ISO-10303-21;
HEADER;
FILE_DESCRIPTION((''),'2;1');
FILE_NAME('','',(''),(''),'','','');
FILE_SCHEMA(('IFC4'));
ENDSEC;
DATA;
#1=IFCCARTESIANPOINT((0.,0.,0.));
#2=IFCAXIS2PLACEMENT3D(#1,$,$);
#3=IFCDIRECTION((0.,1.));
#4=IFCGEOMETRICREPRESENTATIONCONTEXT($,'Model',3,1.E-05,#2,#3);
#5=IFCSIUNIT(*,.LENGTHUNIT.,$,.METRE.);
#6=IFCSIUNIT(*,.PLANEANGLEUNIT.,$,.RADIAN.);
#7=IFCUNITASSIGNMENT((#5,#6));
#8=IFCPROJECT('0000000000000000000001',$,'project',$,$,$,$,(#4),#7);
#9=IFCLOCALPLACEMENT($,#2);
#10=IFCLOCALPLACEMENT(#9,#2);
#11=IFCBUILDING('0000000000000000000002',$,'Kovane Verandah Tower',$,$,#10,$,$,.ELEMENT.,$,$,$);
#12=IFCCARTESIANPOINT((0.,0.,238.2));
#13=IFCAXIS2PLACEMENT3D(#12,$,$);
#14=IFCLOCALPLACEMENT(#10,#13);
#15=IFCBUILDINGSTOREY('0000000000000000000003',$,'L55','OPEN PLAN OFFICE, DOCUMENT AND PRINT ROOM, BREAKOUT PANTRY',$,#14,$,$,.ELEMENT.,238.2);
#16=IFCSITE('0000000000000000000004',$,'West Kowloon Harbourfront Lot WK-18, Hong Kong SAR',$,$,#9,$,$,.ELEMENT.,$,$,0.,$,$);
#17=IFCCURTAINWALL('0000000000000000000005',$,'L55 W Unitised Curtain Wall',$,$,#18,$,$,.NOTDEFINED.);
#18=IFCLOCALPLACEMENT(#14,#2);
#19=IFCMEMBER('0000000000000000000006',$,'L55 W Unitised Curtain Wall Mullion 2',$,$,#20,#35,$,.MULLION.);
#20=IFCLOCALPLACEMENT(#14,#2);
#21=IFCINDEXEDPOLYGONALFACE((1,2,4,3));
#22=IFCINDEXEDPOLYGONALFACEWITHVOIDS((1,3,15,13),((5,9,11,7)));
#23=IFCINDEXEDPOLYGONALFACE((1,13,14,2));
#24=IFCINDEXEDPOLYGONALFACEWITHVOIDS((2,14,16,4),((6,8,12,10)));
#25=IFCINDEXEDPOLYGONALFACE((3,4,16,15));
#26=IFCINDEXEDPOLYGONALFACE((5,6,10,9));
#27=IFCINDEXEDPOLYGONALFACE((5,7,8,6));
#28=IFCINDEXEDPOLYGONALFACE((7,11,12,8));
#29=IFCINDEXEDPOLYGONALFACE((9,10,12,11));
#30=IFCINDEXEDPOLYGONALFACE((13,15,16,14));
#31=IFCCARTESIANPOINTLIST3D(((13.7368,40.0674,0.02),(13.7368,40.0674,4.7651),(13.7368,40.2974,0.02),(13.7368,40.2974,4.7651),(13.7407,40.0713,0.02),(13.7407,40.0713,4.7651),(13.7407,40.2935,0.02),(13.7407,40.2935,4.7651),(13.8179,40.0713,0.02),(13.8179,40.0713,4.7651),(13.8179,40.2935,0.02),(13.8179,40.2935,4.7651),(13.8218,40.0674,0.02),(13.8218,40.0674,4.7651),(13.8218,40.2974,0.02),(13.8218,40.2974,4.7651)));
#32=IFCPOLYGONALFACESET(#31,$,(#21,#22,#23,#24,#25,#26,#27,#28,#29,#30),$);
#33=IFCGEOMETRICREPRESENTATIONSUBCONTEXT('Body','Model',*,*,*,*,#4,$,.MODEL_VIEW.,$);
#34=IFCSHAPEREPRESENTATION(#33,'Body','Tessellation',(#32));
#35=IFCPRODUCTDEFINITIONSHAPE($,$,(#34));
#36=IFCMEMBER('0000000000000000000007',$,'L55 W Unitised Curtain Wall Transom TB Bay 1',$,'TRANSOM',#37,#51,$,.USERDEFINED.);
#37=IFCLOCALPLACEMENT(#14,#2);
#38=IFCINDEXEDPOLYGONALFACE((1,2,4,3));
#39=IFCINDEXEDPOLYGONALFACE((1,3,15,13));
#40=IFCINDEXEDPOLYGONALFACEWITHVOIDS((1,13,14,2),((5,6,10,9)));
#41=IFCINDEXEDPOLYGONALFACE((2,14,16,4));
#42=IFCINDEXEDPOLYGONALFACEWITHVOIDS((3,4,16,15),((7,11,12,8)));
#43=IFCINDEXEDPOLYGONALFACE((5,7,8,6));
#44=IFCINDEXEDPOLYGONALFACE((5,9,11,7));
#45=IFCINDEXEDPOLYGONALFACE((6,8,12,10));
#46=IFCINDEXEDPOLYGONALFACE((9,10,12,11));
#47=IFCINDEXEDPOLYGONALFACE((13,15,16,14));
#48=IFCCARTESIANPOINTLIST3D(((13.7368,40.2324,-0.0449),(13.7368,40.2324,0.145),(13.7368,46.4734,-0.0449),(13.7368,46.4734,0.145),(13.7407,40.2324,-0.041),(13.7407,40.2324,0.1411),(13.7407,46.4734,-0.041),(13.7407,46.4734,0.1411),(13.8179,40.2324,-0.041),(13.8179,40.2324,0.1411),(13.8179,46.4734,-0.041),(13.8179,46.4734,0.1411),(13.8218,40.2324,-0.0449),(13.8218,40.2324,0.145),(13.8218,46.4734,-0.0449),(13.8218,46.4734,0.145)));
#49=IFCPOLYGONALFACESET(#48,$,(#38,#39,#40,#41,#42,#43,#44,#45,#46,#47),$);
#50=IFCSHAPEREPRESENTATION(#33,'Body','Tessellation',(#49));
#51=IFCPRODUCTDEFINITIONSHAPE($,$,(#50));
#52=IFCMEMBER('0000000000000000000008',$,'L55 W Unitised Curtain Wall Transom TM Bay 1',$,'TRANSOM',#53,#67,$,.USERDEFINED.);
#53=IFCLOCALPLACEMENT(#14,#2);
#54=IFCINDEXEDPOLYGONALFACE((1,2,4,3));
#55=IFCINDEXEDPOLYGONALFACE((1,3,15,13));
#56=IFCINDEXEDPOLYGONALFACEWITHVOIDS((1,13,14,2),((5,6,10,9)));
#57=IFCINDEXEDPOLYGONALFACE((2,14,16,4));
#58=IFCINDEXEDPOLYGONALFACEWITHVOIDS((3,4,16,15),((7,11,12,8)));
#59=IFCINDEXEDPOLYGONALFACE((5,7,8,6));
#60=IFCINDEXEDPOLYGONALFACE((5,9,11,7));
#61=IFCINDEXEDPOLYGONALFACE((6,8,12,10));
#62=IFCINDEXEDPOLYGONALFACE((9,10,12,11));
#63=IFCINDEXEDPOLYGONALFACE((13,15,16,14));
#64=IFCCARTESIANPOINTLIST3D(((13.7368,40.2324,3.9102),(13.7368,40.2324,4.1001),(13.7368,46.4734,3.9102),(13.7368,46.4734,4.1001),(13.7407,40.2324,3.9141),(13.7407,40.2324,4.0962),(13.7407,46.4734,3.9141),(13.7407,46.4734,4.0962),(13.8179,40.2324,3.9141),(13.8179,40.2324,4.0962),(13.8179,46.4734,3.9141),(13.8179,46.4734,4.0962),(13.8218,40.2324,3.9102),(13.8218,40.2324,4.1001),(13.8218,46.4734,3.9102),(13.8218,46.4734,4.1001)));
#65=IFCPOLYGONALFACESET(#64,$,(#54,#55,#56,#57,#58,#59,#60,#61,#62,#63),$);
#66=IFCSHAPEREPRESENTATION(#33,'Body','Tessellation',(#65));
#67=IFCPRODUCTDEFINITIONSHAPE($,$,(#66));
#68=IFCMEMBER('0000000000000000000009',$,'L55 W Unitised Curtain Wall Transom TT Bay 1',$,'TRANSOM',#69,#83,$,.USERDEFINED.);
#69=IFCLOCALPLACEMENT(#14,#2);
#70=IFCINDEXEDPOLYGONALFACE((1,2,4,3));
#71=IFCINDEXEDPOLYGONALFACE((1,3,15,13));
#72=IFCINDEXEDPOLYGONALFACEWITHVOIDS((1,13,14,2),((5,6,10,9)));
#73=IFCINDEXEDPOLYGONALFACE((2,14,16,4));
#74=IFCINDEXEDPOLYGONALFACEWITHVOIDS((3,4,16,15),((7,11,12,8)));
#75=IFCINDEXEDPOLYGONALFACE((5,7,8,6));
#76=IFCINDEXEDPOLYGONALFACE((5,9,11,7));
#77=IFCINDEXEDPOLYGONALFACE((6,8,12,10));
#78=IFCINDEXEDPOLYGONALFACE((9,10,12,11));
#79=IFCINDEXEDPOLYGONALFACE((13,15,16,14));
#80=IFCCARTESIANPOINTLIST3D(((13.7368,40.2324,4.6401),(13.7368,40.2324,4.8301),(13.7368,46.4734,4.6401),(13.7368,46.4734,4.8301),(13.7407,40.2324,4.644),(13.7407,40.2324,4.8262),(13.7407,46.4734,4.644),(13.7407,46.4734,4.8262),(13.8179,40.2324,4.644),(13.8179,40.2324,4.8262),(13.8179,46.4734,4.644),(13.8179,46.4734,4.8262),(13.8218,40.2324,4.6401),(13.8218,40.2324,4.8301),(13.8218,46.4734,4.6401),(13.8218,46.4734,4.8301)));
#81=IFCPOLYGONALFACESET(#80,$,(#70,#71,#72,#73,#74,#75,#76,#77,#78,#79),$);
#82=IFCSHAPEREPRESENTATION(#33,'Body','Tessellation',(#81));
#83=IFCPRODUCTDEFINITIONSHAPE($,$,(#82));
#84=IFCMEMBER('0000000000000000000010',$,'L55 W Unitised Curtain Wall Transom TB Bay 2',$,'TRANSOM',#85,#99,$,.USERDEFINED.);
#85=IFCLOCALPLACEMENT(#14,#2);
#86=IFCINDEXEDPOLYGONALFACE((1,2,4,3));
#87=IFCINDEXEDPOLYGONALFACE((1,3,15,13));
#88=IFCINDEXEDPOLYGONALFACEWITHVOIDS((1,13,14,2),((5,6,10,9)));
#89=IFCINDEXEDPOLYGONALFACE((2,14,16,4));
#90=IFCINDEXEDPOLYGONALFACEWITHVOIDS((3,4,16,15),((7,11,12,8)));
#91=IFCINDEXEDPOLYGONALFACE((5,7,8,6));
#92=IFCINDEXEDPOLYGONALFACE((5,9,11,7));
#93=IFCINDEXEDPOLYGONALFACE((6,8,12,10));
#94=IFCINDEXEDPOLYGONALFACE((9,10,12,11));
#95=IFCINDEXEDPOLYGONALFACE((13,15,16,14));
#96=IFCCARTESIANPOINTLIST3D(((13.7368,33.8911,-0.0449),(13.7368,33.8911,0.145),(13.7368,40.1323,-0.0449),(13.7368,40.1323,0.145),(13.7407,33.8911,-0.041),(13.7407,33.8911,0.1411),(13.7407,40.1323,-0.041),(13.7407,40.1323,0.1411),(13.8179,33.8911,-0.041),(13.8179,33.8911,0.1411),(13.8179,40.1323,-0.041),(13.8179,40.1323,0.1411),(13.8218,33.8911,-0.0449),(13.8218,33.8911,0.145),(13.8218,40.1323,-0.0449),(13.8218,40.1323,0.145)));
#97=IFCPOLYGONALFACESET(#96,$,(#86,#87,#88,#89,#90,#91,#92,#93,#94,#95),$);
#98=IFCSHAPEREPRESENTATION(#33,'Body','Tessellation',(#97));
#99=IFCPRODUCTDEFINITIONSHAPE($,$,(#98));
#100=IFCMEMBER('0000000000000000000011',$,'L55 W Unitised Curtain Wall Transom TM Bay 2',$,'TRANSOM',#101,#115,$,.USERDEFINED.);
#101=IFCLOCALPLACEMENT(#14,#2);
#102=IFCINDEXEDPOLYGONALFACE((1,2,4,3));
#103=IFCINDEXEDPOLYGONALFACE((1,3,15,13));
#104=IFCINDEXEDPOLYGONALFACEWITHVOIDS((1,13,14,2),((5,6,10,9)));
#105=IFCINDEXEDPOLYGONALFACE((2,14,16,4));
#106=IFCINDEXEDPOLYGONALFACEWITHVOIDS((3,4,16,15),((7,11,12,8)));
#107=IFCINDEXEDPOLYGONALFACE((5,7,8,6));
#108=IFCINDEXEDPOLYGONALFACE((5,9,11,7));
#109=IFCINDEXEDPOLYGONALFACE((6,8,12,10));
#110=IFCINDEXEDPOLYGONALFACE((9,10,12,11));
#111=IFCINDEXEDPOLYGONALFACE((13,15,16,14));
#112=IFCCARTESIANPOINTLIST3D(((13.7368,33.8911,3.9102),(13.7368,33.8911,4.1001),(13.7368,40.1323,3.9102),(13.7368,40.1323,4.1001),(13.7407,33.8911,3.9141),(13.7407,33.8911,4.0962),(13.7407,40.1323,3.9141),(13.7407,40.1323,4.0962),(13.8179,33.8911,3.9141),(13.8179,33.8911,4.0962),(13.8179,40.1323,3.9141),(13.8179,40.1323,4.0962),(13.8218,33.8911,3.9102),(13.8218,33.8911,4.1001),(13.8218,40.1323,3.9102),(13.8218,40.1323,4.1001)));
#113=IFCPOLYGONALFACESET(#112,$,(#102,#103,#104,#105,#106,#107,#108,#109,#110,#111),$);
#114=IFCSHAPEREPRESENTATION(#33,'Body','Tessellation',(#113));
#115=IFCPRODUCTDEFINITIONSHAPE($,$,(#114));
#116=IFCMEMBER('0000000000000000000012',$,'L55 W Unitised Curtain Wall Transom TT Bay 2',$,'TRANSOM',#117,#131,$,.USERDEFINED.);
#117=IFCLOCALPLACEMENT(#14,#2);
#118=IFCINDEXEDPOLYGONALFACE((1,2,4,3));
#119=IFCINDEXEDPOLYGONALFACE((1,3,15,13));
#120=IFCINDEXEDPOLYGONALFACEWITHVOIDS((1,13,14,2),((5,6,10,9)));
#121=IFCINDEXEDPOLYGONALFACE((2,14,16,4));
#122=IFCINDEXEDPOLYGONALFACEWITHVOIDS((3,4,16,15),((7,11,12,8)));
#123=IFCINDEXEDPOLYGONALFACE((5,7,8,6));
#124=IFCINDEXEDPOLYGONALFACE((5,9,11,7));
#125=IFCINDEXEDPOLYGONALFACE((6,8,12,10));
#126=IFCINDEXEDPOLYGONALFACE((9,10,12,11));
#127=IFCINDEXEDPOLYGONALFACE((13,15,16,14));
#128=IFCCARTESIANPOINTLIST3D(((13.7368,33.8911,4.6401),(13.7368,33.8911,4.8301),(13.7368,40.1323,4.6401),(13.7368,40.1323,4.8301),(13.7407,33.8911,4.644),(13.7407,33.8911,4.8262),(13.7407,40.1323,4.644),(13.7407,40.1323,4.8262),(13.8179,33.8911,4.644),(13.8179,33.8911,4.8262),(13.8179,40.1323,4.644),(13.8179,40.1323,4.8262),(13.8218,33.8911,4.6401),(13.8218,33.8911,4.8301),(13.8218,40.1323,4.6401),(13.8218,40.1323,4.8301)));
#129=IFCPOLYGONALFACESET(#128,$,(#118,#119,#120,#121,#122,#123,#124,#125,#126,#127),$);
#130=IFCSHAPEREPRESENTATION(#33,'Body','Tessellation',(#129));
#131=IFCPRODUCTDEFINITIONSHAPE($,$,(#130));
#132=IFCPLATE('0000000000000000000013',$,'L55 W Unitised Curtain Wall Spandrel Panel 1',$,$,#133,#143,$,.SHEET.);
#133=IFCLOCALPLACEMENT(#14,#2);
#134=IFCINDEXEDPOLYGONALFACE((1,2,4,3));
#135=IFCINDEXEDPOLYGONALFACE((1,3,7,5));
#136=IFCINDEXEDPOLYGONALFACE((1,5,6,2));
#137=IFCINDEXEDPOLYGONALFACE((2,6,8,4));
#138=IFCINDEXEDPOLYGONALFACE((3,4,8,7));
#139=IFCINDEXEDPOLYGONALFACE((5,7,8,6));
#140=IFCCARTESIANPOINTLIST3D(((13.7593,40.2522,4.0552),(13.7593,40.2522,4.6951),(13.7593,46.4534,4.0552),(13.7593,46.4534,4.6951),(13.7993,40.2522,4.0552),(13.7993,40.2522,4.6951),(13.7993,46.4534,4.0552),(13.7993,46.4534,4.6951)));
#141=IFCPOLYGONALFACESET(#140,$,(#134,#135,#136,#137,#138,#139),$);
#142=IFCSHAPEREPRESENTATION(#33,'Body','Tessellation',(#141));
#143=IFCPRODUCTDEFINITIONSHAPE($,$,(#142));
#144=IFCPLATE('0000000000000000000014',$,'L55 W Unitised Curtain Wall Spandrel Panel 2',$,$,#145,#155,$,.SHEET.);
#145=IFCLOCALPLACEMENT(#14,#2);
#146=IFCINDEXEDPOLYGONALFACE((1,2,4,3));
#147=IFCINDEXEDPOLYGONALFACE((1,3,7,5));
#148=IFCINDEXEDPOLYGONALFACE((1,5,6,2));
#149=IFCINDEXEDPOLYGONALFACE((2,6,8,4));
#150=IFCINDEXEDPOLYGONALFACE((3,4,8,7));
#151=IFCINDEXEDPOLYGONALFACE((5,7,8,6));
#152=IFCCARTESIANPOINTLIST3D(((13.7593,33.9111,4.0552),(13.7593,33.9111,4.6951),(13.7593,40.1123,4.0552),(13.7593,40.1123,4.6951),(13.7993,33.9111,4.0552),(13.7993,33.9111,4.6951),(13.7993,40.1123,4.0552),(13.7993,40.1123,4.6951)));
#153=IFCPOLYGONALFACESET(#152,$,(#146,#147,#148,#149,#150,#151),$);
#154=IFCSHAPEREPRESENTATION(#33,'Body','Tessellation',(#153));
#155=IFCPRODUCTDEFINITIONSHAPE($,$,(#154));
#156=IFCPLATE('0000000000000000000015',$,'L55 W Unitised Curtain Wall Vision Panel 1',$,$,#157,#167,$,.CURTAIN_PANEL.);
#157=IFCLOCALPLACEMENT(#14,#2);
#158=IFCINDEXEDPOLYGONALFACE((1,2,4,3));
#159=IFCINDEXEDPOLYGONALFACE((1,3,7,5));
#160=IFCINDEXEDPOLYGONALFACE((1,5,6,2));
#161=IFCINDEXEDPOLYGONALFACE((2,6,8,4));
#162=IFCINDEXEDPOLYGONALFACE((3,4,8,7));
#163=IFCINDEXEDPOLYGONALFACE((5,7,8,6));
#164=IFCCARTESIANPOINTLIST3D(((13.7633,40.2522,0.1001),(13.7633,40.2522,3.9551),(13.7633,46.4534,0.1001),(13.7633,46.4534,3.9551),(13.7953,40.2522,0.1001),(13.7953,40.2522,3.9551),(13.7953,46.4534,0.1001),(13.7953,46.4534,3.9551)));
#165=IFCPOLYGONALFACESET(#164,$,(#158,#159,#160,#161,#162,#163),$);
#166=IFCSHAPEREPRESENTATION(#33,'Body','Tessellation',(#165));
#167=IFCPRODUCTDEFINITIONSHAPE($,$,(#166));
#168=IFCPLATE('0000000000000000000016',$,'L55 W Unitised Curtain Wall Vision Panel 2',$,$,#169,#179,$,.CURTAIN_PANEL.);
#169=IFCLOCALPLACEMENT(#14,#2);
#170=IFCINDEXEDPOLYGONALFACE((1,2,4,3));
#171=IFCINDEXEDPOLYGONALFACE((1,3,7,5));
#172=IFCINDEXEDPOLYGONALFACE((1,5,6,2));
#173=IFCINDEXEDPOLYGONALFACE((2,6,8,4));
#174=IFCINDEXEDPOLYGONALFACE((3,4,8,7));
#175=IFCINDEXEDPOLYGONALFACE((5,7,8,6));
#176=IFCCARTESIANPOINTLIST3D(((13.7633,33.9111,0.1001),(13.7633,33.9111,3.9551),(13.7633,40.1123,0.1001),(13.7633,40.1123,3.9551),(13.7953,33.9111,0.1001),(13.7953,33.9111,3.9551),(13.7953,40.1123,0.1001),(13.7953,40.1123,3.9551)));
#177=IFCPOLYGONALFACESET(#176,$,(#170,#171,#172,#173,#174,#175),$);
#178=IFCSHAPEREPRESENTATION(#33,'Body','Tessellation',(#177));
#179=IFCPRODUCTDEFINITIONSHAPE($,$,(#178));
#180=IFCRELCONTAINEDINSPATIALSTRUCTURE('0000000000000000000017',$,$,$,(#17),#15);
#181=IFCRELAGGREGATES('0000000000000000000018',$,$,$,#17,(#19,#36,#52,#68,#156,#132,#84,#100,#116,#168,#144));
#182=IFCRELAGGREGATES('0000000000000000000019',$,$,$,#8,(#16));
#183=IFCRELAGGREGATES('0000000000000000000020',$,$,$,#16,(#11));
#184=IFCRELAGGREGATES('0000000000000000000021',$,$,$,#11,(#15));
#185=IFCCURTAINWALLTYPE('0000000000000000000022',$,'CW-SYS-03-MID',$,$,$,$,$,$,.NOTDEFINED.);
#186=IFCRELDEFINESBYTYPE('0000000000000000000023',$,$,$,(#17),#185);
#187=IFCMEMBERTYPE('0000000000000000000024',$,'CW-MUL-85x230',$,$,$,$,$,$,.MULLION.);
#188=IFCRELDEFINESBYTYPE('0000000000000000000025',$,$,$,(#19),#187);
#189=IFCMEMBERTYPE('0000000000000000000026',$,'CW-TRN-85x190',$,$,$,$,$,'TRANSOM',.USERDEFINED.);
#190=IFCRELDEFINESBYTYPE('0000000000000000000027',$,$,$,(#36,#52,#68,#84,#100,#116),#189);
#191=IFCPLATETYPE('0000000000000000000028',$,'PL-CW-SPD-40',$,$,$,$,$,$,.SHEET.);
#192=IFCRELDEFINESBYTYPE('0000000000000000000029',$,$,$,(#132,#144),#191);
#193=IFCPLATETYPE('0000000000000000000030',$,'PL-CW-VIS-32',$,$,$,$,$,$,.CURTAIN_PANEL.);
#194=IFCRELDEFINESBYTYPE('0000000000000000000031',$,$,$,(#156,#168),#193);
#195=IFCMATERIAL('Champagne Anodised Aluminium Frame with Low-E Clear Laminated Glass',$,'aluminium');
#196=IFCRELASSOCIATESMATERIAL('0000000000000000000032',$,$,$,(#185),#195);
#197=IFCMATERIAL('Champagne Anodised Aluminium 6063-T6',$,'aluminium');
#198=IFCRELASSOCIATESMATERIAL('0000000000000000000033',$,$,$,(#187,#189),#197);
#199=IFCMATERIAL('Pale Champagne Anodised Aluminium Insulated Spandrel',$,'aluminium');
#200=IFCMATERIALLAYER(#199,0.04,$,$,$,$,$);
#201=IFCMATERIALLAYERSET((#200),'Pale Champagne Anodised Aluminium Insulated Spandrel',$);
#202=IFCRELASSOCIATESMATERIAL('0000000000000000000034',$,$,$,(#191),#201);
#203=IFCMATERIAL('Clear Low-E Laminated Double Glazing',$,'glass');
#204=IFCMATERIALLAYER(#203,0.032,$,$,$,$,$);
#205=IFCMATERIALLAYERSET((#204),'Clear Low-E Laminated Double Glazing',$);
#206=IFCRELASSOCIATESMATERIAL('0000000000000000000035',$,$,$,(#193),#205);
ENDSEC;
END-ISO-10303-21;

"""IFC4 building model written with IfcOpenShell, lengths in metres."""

from ifc_helpers import new_model, si_unit, direction, frame, origin, origin_2d, place, context, subcontext, project, spatial, rectangle, hollow_rectangle, extrude, material, layer, layer_set, material_profile, profile_set, type_object, element, aggregate, save


model = new_model("IFC4")

# Units and contexts
model_context = context("Model", 3, precision=1e-05, world=origin(), true_north=direction((0.0, 1.0)))
body_context = subcontext(model_context, "Body", "Model", "MODEL_VIEW")
ifc_project = project(units=[si_unit("LENGTHUNIT", "METRE"), si_unit("PLANEANGLEUNIT", "RADIAN")], contexts=[model_context])

# Site, building, storey
site_placement = place(None, origin())
site = spatial("IfcSite", under=ifc_project, at=site_placement, Name="West Kowloon Harbourfront Lot WK-18, Hong Kong SAR", CompositionType="ELEMENT", RefElevation=0.0)
building_placement = place(site_placement, origin())
building = spatial("IfcBuilding", under=site, at=building_placement, Name="Kovane Verandah Tower", CompositionType="ELEMENT")
storey_placement = place(building_placement, frame((0.0, 0.0, 238.2)))
storey = spatial("IfcBuildingStorey", under=building, at=storey_placement, Name="L55", Description="OPEN PLAN OFFICE, DOCUMENT AND PRINT ROOM, BREAKOUT PANTRY", CompositionType="ELEMENT", Elevation=238.2)

# Curtain wall, members, plates
ifc_material_1 = material(Name="Champagne Anodised Aluminium Frame with Low-E Clear Laminated Glass", Category="aluminium")
curtain_wall_type = type_object("IfcCurtainWallType", Name="CW-SYS-03-MID", PredefinedType="NOTDEFINED", material=ifc_material_1)
curtain_wall_placement = place(storey_placement, origin())
curtain_wall = element("IfcCurtainWall", 1, at=curtain_wall_placement, inside=storey, type_object=curtain_wall_type, Name="L55 W Unitised Curtain Wall", PredefinedType="NOTDEFINED")
ifc_material_2 = material(Name="Champagne Anodised Aluminium 6063-T6", Category="aluminium")
ifc_material_profile_1 = material_profile(ifc_material_2, hollow_rectangle(XDim=0.085, YDim=0.23, WallThickness=0.0039, at=origin_2d()), Name="AL85x230x4")
ifc_profile_set_1 = profile_set([ifc_material_profile_1], Name="Champagne Anodised Aluminium 6063-T6")
member_type_1 = type_object("IfcMemberType", Name="CW-MUL-85x230", PredefinedType="MULLION", material=ifc_profile_set_1)
member_1_placement = place(storey_placement, frame((13.7793, 40.1824, 0.02), z_axis=(0.0, 0.0, 1.0), x_axis=(-1.0, 0.0, 0.0)))
member_1 = element("IfcMember", 2, at=member_1_placement, type_object=member_type_1, Name="L55 W Unitised Curtain Wall Mullion 2", PredefinedType="MULLION", context=body_context, shape_type="SweptSolid", body=[
    extrude(hollow_rectangle(XDim=0.085, YDim=0.23, WallThickness=0.0039, at=origin_2d()), origin(), (0.0, 0.0, 1.0), 4.7451),
])
ifc_material_profile_2 = material_profile(ifc_material_2, hollow_rectangle(XDim=0.085, YDim=0.1899, WallThickness=0.0039, at=origin_2d()), Name="AL85x190x4")
ifc_profile_set_2 = profile_set([ifc_material_profile_2], Name="Champagne Anodised Aluminium 6063-T6")
member_type_2 = type_object("IfcMemberType", Name="CW-TRN-85x190", ElementType="TRANSOM", PredefinedType="USERDEFINED", material=ifc_profile_set_2)
member_2_placement = place(storey_placement, frame((13.7793, 46.4734, 0.05), z_axis=(0.0, -1.0, 0.0), x_axis=(1.0, 0.0, 0.0)))
member_2 = element("IfcMember", 3, at=member_2_placement, type_object=member_type_2, Name="L55 W Unitised Curtain Wall Transom TB Bay 1", ObjectType="TRANSOM", PredefinedType="USERDEFINED", context=body_context, shape_type="SweptSolid", body=[
    extrude(hollow_rectangle(XDim=0.085, YDim=0.1899, WallThickness=0.0039, at=origin_2d()), origin(), (0.0, 0.0, 1.0), 6.241),
])
member_3_placement = place(storey_placement, frame((13.7793, 46.4734, 4.0051), z_axis=(0.0, -1.0, 0.0), x_axis=(1.0, 0.0, 0.0)))
member_3 = element("IfcMember", 4, at=member_3_placement, type_object=member_type_2, Name="L55 W Unitised Curtain Wall Transom TM Bay 1", ObjectType="TRANSOM", PredefinedType="USERDEFINED", context=body_context, shape_type="SweptSolid", body=[
    extrude(hollow_rectangle(XDim=0.085, YDim=0.1899, WallThickness=0.0039, at=origin_2d()), origin(), (0.0, 0.0, 1.0), 6.241),
])
member_4_placement = place(storey_placement, frame((13.7793, 46.4734, 4.7351), z_axis=(0.0, -1.0, 0.0), x_axis=(1.0, 0.0, 0.0)))
member_4 = element("IfcMember", 5, at=member_4_placement, type_object=member_type_2, Name="L55 W Unitised Curtain Wall Transom TT Bay 1", ObjectType="TRANSOM", PredefinedType="USERDEFINED", context=body_context, shape_type="SweptSolid", body=[
    extrude(hollow_rectangle(XDim=0.085, YDim=0.1899, WallThickness=0.0039, at=origin_2d()), origin(), (0.0, 0.0, 1.0), 6.241),
])
member_5_placement = place(storey_placement, frame((13.7793, 40.1323, 0.05), z_axis=(0.0, -1.0, 0.0), x_axis=(1.0, 0.0, 0.0)))
member_5 = element("IfcMember", 6, at=member_5_placement, type_object=member_type_2, Name="L55 W Unitised Curtain Wall Transom TB Bay 2", ObjectType="TRANSOM", PredefinedType="USERDEFINED", context=body_context, shape_type="SweptSolid", body=[
    extrude(hollow_rectangle(XDim=0.085, YDim=0.1899, WallThickness=0.0039, at=origin_2d()), origin(), (0.0, 0.0, 1.0), 6.2412),
])
member_6_placement = place(storey_placement, frame((13.7793, 40.1323, 4.0051), z_axis=(0.0, -1.0, 0.0), x_axis=(1.0, 0.0, 0.0)))
member_6 = element("IfcMember", 7, at=member_6_placement, type_object=member_type_2, Name="L55 W Unitised Curtain Wall Transom TM Bay 2", ObjectType="TRANSOM", PredefinedType="USERDEFINED", context=body_context, shape_type="SweptSolid", body=[
    extrude(hollow_rectangle(XDim=0.085, YDim=0.1899, WallThickness=0.0039, at=origin_2d()), origin(), (0.0, 0.0, 1.0), 6.2412),
])
member_7_placement = place(storey_placement, frame((13.7793, 40.1323, 4.7351), z_axis=(0.0, -1.0, 0.0), x_axis=(1.0, 0.0, 0.0)))
member_7 = element("IfcMember", 8, at=member_7_placement, type_object=member_type_2, Name="L55 W Unitised Curtain Wall Transom TT Bay 2", ObjectType="TRANSOM", PredefinedType="USERDEFINED", context=body_context, shape_type="SweptSolid", body=[
    extrude(hollow_rectangle(XDim=0.085, YDim=0.1899, WallThickness=0.0039, at=origin_2d()), origin(), (0.0, 0.0, 1.0), 6.2412),
])
ifc_material_3 = material(Name="Pale Champagne Anodised Aluminium Insulated Spandrel", Category="aluminium")
ifc_layer_1 = layer(ifc_material_3, 0.04)
ifc_layer_set_1 = layer_set([ifc_layer_1], Name="Pale Champagne Anodised Aluminium Insulated Spandrel")
plate_type_1 = type_object("IfcPlateType", Name="PL-CW-SPD-40", PredefinedType="SHEET", material=ifc_layer_set_1)
plate_1_placement = place(storey_placement, frame((13.7793, 43.3528, 4.0552), z_axis=(0.0, 0.0, 1.0), x_axis=(0.0, -1.0, 0.0)))
plate_1 = element("IfcPlate", 9, at=plate_1_placement, type_object=plate_type_1, Name="L55 W Unitised Curtain Wall Spandrel Panel 1", PredefinedType="SHEET", context=body_context, shape_type="SweptSolid", body=[
    extrude(rectangle(XDim=6.2012, YDim=0.04, at=origin_2d()), origin(), (0.0, 0.0, 1.0), 0.6399),
])
plate_2_placement = place(storey_placement, frame((13.7793, 37.0117, 4.0552), z_axis=(0.0, 0.0, 1.0), x_axis=(0.0, -1.0, 0.0)))
plate_2 = element("IfcPlate", 10, at=plate_2_placement, type_object=plate_type_1, Name="L55 W Unitised Curtain Wall Spandrel Panel 2", PredefinedType="SHEET", context=body_context, shape_type="SweptSolid", body=[
    extrude(rectangle(XDim=6.2012, YDim=0.04, at=origin_2d()), origin(), (0.0, 0.0, 1.0), 0.6399),
])
ifc_material_4 = material(Name="Clear Low-E Laminated Double Glazing", Category="glass")
ifc_layer_2 = layer(ifc_material_4, 0.032)
ifc_layer_set_2 = layer_set([ifc_layer_2], Name="Clear Low-E Laminated Double Glazing")
plate_type_2 = type_object("IfcPlateType", Name="PL-CW-VIS-32", PredefinedType="CURTAIN_PANEL", material=ifc_layer_set_2)
plate_3_placement = place(storey_placement, frame((13.7793, 43.3528, 0.1001), z_axis=(0.0, 0.0, 1.0), x_axis=(0.0, -1.0, 0.0)))
plate_3 = element("IfcPlate", 11, at=plate_3_placement, type_object=plate_type_2, Name="L55 W Unitised Curtain Wall Vision Panel 1", PredefinedType="CURTAIN_PANEL", context=body_context, shape_type="SweptSolid", body=[
    extrude(rectangle(XDim=6.2012, YDim=0.032, at=origin_2d()), origin(), (0.0, 0.0, 1.0), 3.855),
])
plate_4_placement = place(storey_placement, frame((13.7793, 37.0117, 0.1001), z_axis=(0.0, 0.0, 1.0), x_axis=(0.0, -1.0, 0.0)))
plate_4 = element("IfcPlate", 12, at=plate_4_placement, type_object=plate_type_2, Name="L55 W Unitised Curtain Wall Vision Panel 2", PredefinedType="CURTAIN_PANEL", context=body_context, shape_type="SweptSolid", body=[
    extrude(rectangle(XDim=6.2012, YDim=0.032, at=origin_2d()), origin(), (0.0, 0.0, 1.0), 3.855),
])
aggregate(curtain_wall, [member_1, member_2, member_3, member_4, plate_3, plate_1, member_5, member_6, member_7, plate_4, plate_2])

save(model, "model.ifc")
